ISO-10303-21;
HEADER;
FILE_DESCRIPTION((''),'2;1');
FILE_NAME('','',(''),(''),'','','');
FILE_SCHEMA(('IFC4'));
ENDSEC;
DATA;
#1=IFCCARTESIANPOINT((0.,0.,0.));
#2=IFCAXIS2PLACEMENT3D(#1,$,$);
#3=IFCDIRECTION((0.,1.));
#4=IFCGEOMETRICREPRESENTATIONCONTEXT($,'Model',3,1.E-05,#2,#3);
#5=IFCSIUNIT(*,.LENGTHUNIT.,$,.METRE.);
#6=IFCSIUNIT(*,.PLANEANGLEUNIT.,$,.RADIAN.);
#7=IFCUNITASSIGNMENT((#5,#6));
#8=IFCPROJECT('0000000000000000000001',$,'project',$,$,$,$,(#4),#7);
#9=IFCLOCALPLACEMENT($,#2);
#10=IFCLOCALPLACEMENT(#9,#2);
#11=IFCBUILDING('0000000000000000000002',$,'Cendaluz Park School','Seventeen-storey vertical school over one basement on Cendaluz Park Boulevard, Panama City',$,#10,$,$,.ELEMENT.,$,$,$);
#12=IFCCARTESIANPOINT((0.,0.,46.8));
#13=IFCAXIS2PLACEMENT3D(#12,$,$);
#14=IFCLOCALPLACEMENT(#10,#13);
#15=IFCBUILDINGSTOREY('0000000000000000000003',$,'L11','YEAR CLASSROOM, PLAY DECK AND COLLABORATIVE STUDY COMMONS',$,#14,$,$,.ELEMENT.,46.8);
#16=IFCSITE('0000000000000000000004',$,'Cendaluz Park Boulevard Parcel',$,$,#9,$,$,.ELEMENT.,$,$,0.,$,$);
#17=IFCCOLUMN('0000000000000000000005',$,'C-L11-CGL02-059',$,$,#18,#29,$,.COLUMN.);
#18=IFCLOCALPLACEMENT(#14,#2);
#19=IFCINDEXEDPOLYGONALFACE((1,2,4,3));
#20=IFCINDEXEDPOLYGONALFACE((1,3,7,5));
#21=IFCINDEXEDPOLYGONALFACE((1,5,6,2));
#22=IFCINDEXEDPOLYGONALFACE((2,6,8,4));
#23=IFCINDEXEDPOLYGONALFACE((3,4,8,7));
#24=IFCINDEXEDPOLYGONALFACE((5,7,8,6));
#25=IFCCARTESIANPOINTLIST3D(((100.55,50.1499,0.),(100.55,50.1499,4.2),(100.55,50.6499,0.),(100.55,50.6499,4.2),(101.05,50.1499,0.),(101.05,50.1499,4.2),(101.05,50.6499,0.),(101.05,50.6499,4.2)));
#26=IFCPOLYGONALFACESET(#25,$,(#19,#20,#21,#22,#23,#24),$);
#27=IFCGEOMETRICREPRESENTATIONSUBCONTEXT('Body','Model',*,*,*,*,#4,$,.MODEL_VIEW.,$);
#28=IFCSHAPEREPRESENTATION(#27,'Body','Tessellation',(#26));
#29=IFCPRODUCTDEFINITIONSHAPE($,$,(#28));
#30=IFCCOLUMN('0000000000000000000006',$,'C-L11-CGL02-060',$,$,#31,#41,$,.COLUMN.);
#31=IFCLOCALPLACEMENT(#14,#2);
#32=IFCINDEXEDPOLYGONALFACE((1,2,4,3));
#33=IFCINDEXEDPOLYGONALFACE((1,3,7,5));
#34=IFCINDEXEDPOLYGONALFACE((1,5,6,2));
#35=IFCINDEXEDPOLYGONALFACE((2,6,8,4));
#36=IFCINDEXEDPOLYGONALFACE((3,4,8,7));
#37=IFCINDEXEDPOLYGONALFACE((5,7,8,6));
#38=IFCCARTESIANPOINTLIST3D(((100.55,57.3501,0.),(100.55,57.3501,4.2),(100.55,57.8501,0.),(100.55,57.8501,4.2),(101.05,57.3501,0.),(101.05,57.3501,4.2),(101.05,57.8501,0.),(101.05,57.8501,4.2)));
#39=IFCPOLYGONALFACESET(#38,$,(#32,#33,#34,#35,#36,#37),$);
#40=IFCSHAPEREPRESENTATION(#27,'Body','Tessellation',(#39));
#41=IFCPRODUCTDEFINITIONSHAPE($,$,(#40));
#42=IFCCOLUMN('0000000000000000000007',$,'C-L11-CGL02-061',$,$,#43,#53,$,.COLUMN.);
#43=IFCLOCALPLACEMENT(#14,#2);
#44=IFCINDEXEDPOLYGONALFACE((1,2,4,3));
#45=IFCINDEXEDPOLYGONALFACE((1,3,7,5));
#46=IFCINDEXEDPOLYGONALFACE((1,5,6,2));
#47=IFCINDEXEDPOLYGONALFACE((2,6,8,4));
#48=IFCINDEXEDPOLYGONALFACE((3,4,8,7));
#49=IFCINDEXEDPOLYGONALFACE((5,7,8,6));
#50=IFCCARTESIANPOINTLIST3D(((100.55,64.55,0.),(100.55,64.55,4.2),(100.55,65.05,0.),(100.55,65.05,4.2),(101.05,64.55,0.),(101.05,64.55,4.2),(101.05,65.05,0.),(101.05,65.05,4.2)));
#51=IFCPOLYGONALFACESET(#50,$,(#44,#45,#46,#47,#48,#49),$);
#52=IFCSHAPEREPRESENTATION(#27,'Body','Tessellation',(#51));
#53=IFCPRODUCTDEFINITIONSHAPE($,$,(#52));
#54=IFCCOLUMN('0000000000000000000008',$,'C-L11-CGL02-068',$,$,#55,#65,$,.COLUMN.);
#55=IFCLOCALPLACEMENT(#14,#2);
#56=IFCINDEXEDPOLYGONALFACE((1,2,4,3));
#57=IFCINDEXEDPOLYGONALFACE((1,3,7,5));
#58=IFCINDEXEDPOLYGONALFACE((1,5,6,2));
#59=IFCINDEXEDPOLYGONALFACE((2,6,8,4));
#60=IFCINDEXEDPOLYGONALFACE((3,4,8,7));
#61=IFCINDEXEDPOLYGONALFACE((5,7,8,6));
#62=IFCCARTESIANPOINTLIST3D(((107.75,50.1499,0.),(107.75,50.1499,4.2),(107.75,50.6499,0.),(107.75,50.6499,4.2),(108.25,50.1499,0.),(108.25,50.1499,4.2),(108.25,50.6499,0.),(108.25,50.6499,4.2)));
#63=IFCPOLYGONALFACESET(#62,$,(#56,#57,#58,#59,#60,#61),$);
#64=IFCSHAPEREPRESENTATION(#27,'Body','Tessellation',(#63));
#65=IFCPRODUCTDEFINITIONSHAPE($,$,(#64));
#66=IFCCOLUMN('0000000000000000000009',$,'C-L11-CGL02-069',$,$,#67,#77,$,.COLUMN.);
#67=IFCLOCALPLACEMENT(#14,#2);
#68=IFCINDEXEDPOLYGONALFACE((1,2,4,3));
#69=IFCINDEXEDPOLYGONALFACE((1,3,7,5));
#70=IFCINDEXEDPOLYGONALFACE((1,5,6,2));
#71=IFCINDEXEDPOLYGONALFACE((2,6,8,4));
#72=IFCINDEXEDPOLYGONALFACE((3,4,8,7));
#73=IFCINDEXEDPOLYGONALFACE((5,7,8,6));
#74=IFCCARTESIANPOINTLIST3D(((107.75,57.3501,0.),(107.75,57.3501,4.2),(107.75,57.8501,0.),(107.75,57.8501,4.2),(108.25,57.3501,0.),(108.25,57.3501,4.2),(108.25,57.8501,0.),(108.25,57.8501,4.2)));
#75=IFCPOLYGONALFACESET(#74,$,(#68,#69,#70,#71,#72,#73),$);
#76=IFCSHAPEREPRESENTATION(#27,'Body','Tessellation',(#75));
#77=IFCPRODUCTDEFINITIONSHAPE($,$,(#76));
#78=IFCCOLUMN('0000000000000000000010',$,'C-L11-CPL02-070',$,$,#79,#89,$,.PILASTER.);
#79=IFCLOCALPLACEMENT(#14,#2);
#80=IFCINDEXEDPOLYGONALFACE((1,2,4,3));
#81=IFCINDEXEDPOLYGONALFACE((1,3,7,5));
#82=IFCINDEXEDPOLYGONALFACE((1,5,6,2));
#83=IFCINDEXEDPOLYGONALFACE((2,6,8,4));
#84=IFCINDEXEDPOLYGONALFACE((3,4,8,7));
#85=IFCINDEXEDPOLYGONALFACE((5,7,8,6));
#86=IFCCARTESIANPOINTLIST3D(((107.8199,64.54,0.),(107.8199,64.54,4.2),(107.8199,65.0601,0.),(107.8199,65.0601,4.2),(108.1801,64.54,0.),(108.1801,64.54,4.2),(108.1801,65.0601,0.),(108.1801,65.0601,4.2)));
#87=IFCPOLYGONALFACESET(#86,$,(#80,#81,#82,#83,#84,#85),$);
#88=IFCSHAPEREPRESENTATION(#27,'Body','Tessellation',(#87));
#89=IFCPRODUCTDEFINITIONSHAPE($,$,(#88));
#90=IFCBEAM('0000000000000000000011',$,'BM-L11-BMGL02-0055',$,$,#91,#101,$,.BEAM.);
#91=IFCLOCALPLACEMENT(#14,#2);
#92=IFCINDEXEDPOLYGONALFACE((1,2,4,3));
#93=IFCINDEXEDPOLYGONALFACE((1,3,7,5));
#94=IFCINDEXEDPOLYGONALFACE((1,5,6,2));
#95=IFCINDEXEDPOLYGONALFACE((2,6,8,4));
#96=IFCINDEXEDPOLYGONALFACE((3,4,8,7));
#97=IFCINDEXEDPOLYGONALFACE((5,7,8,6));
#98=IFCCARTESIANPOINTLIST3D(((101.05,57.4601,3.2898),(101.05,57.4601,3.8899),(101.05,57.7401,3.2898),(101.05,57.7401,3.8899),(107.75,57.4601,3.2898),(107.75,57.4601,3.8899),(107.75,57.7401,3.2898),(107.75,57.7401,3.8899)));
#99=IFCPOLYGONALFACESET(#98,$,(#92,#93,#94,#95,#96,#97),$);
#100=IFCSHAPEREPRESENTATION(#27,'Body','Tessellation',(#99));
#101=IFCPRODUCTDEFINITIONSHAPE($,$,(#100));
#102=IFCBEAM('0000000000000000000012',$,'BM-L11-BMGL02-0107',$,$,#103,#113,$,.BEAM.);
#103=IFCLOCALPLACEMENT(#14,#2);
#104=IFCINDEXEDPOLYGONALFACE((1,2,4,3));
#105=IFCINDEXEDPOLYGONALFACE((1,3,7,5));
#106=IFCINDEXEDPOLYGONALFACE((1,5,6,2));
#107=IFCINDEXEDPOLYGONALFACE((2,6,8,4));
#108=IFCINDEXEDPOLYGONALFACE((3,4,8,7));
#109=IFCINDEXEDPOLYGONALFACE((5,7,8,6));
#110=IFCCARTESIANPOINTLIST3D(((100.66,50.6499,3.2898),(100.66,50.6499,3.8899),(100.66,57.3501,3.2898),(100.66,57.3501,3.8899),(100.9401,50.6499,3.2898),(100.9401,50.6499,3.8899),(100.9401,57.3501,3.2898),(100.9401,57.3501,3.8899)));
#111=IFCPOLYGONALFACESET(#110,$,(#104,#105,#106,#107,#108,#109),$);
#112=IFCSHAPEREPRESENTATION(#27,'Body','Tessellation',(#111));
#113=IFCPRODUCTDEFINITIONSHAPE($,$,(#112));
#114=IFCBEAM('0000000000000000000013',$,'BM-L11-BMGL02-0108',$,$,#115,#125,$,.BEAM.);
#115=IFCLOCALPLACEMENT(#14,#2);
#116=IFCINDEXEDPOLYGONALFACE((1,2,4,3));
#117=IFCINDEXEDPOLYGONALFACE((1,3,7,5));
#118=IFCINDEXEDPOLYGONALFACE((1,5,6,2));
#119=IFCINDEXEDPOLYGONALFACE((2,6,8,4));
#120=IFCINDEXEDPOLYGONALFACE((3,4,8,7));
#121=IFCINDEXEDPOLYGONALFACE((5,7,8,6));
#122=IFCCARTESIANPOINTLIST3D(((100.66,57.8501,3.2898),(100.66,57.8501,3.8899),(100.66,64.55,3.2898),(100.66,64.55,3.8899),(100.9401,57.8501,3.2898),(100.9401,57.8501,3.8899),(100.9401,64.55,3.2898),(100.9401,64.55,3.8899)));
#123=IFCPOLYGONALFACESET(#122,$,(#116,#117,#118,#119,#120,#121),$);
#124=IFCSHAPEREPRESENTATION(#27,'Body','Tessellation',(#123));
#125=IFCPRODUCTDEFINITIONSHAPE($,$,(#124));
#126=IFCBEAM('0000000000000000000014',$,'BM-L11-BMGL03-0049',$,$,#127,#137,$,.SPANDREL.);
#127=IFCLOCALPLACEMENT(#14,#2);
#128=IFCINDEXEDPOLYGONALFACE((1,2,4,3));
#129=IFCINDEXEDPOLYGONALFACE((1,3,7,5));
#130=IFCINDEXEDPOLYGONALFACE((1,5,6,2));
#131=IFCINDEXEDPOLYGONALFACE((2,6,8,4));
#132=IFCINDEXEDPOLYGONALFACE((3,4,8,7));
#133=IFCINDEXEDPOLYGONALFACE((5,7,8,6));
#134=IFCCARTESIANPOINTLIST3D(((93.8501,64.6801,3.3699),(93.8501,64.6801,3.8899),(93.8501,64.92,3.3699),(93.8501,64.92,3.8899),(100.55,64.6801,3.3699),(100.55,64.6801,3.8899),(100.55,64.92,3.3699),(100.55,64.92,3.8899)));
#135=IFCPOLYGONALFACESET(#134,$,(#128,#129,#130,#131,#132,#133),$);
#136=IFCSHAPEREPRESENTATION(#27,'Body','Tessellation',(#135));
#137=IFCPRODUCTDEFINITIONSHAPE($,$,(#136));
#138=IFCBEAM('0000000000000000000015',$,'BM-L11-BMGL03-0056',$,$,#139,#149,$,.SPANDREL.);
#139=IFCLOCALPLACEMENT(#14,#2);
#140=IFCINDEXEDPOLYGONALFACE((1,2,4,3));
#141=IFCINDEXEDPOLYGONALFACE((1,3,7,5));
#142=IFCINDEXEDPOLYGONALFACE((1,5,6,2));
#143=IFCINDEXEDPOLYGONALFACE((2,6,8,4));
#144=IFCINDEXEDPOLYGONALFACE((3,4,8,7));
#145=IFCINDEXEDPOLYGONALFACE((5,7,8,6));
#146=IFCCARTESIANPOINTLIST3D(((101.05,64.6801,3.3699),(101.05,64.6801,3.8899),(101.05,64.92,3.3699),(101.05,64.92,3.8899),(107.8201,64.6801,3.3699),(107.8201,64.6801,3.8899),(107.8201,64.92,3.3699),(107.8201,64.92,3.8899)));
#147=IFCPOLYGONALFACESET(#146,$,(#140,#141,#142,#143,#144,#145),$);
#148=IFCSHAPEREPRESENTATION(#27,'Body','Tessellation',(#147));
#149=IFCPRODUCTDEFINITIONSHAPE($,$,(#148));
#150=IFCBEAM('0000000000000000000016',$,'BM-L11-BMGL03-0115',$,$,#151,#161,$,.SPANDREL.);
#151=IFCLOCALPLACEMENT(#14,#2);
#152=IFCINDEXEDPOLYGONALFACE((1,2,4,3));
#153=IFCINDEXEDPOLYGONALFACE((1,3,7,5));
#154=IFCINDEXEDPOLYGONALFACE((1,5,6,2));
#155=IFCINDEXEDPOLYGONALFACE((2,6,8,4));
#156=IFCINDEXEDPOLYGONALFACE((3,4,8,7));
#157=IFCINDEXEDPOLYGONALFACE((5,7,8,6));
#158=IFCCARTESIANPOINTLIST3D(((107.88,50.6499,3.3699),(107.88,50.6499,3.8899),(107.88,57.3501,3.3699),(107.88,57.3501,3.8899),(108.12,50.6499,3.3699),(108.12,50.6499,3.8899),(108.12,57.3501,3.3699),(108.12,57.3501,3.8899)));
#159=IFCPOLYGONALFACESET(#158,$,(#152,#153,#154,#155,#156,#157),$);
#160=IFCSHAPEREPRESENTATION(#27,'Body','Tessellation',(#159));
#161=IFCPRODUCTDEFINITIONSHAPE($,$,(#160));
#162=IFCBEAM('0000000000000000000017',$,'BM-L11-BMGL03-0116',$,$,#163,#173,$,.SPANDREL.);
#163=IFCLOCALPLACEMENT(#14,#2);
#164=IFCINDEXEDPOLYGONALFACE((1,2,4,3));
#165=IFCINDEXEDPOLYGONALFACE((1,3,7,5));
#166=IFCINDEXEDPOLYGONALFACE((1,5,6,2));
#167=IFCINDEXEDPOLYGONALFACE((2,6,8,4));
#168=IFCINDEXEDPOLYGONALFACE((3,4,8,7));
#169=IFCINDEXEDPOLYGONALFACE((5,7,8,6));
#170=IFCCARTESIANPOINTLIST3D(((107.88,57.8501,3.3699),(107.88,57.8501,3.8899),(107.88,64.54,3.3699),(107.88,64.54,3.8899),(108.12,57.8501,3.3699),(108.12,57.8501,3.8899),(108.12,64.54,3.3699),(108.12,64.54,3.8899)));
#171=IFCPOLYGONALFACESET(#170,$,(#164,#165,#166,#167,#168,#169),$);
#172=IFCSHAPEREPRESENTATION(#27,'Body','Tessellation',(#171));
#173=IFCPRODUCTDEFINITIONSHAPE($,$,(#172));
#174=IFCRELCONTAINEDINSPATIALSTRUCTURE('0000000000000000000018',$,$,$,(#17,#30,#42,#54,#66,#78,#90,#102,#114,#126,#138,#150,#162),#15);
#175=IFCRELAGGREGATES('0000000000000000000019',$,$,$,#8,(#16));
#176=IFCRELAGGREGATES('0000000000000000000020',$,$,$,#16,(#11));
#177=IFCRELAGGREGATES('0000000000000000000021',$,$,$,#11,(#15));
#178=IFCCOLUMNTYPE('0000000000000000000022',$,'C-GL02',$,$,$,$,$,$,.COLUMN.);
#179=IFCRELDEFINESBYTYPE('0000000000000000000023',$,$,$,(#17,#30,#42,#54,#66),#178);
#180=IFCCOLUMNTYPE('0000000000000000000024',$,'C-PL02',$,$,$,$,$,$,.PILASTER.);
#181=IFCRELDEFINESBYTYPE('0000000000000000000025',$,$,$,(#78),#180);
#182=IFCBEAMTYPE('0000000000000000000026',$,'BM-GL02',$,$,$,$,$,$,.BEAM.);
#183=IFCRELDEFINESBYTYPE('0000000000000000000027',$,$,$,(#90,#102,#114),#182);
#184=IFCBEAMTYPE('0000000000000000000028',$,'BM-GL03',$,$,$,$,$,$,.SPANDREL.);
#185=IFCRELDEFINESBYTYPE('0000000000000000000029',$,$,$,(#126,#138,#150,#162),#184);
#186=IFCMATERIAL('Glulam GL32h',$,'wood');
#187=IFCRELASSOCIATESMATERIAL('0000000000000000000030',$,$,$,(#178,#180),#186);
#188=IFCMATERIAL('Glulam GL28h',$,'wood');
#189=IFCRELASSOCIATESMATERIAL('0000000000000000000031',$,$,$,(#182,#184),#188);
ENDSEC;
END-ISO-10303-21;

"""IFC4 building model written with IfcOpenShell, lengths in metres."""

from ifc_helpers import new_model, si_unit, direction, frame, origin, origin_2d, place, context, subcontext, project, spatial, rectangle, extrude, material, material_profile, profile_set, type_object, element, save


model = new_model("IFC4")

# Units and contexts
model_context = context("Model", 3, precision=1e-05, world=origin(), true_north=direction((0.0, 1.0)))
body_context = subcontext(model_context, "Body", "Model", "MODEL_VIEW")
ifc_project = project(units=[si_unit("LENGTHUNIT", "METRE"), si_unit("PLANEANGLEUNIT", "RADIAN")], contexts=[model_context])

# Site, building, storey
site_placement = place(None, origin())
site = spatial("IfcSite", under=ifc_project, at=site_placement, Name="Cendaluz Park Boulevard Parcel", CompositionType="ELEMENT", RefElevation=0.0)
building_placement = place(site_placement, origin())
building = spatial("IfcBuilding", under=site, at=building_placement, Name="Cendaluz Park School", Description="Seventeen-storey vertical school over one basement on Cendaluz Park Boulevard, Panama City", CompositionType="ELEMENT")
storey_placement = place(building_placement, frame((0.0, 0.0, 46.8)))
storey = spatial("IfcBuildingStorey", under=building, at=storey_placement, Name="L11", Description="YEAR CLASSROOM, PLAY DECK AND COLLABORATIVE STUDY COMMONS", CompositionType="ELEMENT", Elevation=46.8)

# Columns
ifc_material_1 = material(Name="Glulam GL32h", Category="wood")
ifc_material_profile_1 = material_profile(ifc_material_1, rectangle(XDim=0.5, YDim=0.5, at=origin_2d()), Name="GL32h 500x500", Category="wood")
ifc_profile_set_1 = profile_set([ifc_material_profile_1], Name="Glulam GL32h")
column_type_1 = type_object("IfcColumnType", Name="C-GL02", PredefinedType="COLUMN", material=ifc_profile_set_1)
for number, where, z_axis, x_axis, name in (
    (1, (100.8, 50.3999, 0.0), (0.0, 0.0, 1.0), (1.0, 0.0, 0.0), "C-L11-CGL02-059"),
    (2, (100.8, 57.6001, 0.0), (0.0, 0.0, 1.0), (1.0, 0.0, 0.0), "C-L11-CGL02-060"),
    (3, (100.8, 64.8, 0.0), (0.0, 0.0, 1.0), (1.0, 0.0, 0.0), "C-L11-CGL02-061"),
    (4, (108.0, 50.3999, 0.0), (0.0, 0.0, 1.0), (1.0, 0.0, 0.0), "C-L11-CGL02-068"),
    (5, (108.0, 57.6001, 0.0), (0.0, 0.0, 1.0), (1.0, 0.0, 0.0), "C-L11-CGL02-069"),
):
    element("IfcColumn", number, at=place(storey_placement, frame(where, z_axis=z_axis, x_axis=x_axis)), inside=storey, type_object=column_type_1, Name=name, PredefinedType="COLUMN", context=body_context, shape_type="SweptSolid", body=[
        extrude(rectangle(XDim=0.5, YDim=0.5, at=origin_2d()), origin(), (0.0, 0.0, 1.0), 4.2),
    ])
ifc_material_profile_2 = material_profile(ifc_material_1, rectangle(XDim=0.3601, YDim=0.52, at=origin_2d()), Name="GL32h 360x520", Category="wood")
ifc_profile_set_2 = profile_set([ifc_material_profile_2], Name="Glulam GL32h")
column_type_2 = type_object("IfcColumnType", Name="C-PL02", PredefinedType="PILASTER", material=ifc_profile_set_2)
column_placement = place(storey_placement, frame((108.0, 64.8, 0.0), z_axis=(0.0, 0.0, 1.0), x_axis=(1.0, 0.0, 0.0)))
element("IfcColumn", 6, at=column_placement, inside=storey, type_object=column_type_2, Name="C-L11-CPL02-070", PredefinedType="PILASTER", context=body_context, shape_type="SweptSolid", body=[
    extrude(rectangle(XDim=0.3601, YDim=0.52, at=origin_2d()), origin(), (0.0, 0.0, 1.0), 4.2),
])

# Beams
ifc_material_2 = material(Name="Glulam GL28h", Category="wood")
ifc_material_profile_3 = material_profile(ifc_material_2, rectangle(XDim=0.28, YDim=0.6001, at=origin_2d()), Name="GL28h 280x600", Category="wood")
ifc_profile_set_3 = profile_set([ifc_material_profile_3], Name="Glulam GL28h")
beam_type_1 = type_object("IfcBeamType", Name="BM-GL02", PredefinedType="BEAM", material=ifc_profile_set_3)
beam_1_placement = place(storey_placement, frame((101.05, 57.6001, 3.5898), z_axis=(1.0, 0.0, 0.0), x_axis=(0.0, 1.0, 0.0)))
element("IfcBeam", 7, at=beam_1_placement, inside=storey, type_object=beam_type_1, Name="BM-L11-BMGL02-0055", PredefinedType="BEAM", context=body_context, shape_type="SweptSolid", body=[
    extrude(rectangle(XDim=0.28, YDim=0.6001, at=origin_2d()), origin(), (0.0, 0.0, 1.0), 6.7),
])
beam_2_placement = place(storey_placement, frame((100.8, 50.6499, 3.5898), z_axis=(0.0, 1.0, 0.0), x_axis=(-1.0, 0.0, 0.0)))
element("IfcBeam", 8, at=beam_2_placement, inside=storey, type_object=beam_type_1, Name="BM-L11-BMGL02-0107", PredefinedType="BEAM", context=body_context, shape_type="SweptSolid", body=[
    extrude(rectangle(XDim=0.28, YDim=0.6001, at=origin_2d()), origin(), (0.0, 0.0, 1.0), 6.7002),
])
beam_3_placement = place(storey_placement, frame((100.8, 57.8501, 3.5898), z_axis=(0.0, 1.0, 0.0), x_axis=(-1.0, 0.0, 0.0)))
element("IfcBeam", 9, at=beam_3_placement, inside=storey, type_object=beam_type_1, Name="BM-L11-BMGL02-0108", PredefinedType="BEAM", context=body_context, shape_type="SweptSolid", body=[
    extrude(rectangle(XDim=0.28, YDim=0.6001, at=origin_2d()), origin(), (0.0, 0.0, 1.0), 6.7),
])
ifc_material_profile_4 = material_profile(ifc_material_2, rectangle(XDim=0.24, YDim=0.52, at=origin_2d()), Name="GL28h 240x520", Category="wood")
ifc_profile_set_4 = profile_set([ifc_material_profile_4], Name="Glulam GL28h")
beam_type_2 = type_object("IfcBeamType", Name="BM-GL03", PredefinedType="SPANDREL", material=ifc_profile_set_4)
beam_4_placement = place(storey_placement, frame((93.8501, 64.8, 3.6299), z_axis=(1.0, 0.0, 0.0), x_axis=(0.0, 1.0, 0.0)))
element("IfcBeam", 10, at=beam_4_placement, inside=storey, type_object=beam_type_2, Name="BM-L11-BMGL03-0049", PredefinedType="SPANDREL", context=body_context, shape_type="SweptSolid", body=[
    extrude(rectangle(XDim=0.24, YDim=0.52, at=origin_2d()), origin(), (0.0, 0.0, 1.0), 6.7),
])
beam_5_placement = place(storey_placement, frame((101.05, 64.8, 3.6299), z_axis=(1.0, 0.0, 0.0), x_axis=(0.0, 1.0, 0.0)))
element("IfcBeam", 11, at=beam_5_placement, inside=storey, type_object=beam_type_2, Name="BM-L11-BMGL03-0056", PredefinedType="SPANDREL", context=body_context, shape_type="SweptSolid", body=[
    extrude(rectangle(XDim=0.24, YDim=0.52, at=origin_2d()), origin(), (0.0, 0.0, 1.0), 6.77),
])
beam_6_placement = place(storey_placement, frame((108.0, 50.6499, 3.6299), z_axis=(0.0, 1.0, 0.0), x_axis=(-1.0, 0.0, 0.0)))
element("IfcBeam", 12, at=beam_6_placement, inside=storey, type_object=beam_type_2, Name="BM-L11-BMGL03-0115", PredefinedType="SPANDREL", context=body_context, shape_type="SweptSolid", body=[
    extrude(rectangle(XDim=0.24, YDim=0.52, at=origin_2d()), origin(), (0.0, 0.0, 1.0), 6.7002),
])
beam_7_placement = place(storey_placement, frame((108.0, 57.8501, 3.6299), z_axis=(0.0, 1.0, 0.0), x_axis=(-1.0, 0.0, 0.0)))
element("IfcBeam", 13, at=beam_7_placement, inside=storey, type_object=beam_type_2, Name="BM-L11-BMGL03-0116", PredefinedType="SPANDREL", context=body_context, shape_type="SweptSolid", body=[
    extrude(rectangle(XDim=0.24, YDim=0.52, at=origin_2d()), origin(), (0.0, 0.0, 1.0), 6.6899),
])

save(model, "model.ifc")
